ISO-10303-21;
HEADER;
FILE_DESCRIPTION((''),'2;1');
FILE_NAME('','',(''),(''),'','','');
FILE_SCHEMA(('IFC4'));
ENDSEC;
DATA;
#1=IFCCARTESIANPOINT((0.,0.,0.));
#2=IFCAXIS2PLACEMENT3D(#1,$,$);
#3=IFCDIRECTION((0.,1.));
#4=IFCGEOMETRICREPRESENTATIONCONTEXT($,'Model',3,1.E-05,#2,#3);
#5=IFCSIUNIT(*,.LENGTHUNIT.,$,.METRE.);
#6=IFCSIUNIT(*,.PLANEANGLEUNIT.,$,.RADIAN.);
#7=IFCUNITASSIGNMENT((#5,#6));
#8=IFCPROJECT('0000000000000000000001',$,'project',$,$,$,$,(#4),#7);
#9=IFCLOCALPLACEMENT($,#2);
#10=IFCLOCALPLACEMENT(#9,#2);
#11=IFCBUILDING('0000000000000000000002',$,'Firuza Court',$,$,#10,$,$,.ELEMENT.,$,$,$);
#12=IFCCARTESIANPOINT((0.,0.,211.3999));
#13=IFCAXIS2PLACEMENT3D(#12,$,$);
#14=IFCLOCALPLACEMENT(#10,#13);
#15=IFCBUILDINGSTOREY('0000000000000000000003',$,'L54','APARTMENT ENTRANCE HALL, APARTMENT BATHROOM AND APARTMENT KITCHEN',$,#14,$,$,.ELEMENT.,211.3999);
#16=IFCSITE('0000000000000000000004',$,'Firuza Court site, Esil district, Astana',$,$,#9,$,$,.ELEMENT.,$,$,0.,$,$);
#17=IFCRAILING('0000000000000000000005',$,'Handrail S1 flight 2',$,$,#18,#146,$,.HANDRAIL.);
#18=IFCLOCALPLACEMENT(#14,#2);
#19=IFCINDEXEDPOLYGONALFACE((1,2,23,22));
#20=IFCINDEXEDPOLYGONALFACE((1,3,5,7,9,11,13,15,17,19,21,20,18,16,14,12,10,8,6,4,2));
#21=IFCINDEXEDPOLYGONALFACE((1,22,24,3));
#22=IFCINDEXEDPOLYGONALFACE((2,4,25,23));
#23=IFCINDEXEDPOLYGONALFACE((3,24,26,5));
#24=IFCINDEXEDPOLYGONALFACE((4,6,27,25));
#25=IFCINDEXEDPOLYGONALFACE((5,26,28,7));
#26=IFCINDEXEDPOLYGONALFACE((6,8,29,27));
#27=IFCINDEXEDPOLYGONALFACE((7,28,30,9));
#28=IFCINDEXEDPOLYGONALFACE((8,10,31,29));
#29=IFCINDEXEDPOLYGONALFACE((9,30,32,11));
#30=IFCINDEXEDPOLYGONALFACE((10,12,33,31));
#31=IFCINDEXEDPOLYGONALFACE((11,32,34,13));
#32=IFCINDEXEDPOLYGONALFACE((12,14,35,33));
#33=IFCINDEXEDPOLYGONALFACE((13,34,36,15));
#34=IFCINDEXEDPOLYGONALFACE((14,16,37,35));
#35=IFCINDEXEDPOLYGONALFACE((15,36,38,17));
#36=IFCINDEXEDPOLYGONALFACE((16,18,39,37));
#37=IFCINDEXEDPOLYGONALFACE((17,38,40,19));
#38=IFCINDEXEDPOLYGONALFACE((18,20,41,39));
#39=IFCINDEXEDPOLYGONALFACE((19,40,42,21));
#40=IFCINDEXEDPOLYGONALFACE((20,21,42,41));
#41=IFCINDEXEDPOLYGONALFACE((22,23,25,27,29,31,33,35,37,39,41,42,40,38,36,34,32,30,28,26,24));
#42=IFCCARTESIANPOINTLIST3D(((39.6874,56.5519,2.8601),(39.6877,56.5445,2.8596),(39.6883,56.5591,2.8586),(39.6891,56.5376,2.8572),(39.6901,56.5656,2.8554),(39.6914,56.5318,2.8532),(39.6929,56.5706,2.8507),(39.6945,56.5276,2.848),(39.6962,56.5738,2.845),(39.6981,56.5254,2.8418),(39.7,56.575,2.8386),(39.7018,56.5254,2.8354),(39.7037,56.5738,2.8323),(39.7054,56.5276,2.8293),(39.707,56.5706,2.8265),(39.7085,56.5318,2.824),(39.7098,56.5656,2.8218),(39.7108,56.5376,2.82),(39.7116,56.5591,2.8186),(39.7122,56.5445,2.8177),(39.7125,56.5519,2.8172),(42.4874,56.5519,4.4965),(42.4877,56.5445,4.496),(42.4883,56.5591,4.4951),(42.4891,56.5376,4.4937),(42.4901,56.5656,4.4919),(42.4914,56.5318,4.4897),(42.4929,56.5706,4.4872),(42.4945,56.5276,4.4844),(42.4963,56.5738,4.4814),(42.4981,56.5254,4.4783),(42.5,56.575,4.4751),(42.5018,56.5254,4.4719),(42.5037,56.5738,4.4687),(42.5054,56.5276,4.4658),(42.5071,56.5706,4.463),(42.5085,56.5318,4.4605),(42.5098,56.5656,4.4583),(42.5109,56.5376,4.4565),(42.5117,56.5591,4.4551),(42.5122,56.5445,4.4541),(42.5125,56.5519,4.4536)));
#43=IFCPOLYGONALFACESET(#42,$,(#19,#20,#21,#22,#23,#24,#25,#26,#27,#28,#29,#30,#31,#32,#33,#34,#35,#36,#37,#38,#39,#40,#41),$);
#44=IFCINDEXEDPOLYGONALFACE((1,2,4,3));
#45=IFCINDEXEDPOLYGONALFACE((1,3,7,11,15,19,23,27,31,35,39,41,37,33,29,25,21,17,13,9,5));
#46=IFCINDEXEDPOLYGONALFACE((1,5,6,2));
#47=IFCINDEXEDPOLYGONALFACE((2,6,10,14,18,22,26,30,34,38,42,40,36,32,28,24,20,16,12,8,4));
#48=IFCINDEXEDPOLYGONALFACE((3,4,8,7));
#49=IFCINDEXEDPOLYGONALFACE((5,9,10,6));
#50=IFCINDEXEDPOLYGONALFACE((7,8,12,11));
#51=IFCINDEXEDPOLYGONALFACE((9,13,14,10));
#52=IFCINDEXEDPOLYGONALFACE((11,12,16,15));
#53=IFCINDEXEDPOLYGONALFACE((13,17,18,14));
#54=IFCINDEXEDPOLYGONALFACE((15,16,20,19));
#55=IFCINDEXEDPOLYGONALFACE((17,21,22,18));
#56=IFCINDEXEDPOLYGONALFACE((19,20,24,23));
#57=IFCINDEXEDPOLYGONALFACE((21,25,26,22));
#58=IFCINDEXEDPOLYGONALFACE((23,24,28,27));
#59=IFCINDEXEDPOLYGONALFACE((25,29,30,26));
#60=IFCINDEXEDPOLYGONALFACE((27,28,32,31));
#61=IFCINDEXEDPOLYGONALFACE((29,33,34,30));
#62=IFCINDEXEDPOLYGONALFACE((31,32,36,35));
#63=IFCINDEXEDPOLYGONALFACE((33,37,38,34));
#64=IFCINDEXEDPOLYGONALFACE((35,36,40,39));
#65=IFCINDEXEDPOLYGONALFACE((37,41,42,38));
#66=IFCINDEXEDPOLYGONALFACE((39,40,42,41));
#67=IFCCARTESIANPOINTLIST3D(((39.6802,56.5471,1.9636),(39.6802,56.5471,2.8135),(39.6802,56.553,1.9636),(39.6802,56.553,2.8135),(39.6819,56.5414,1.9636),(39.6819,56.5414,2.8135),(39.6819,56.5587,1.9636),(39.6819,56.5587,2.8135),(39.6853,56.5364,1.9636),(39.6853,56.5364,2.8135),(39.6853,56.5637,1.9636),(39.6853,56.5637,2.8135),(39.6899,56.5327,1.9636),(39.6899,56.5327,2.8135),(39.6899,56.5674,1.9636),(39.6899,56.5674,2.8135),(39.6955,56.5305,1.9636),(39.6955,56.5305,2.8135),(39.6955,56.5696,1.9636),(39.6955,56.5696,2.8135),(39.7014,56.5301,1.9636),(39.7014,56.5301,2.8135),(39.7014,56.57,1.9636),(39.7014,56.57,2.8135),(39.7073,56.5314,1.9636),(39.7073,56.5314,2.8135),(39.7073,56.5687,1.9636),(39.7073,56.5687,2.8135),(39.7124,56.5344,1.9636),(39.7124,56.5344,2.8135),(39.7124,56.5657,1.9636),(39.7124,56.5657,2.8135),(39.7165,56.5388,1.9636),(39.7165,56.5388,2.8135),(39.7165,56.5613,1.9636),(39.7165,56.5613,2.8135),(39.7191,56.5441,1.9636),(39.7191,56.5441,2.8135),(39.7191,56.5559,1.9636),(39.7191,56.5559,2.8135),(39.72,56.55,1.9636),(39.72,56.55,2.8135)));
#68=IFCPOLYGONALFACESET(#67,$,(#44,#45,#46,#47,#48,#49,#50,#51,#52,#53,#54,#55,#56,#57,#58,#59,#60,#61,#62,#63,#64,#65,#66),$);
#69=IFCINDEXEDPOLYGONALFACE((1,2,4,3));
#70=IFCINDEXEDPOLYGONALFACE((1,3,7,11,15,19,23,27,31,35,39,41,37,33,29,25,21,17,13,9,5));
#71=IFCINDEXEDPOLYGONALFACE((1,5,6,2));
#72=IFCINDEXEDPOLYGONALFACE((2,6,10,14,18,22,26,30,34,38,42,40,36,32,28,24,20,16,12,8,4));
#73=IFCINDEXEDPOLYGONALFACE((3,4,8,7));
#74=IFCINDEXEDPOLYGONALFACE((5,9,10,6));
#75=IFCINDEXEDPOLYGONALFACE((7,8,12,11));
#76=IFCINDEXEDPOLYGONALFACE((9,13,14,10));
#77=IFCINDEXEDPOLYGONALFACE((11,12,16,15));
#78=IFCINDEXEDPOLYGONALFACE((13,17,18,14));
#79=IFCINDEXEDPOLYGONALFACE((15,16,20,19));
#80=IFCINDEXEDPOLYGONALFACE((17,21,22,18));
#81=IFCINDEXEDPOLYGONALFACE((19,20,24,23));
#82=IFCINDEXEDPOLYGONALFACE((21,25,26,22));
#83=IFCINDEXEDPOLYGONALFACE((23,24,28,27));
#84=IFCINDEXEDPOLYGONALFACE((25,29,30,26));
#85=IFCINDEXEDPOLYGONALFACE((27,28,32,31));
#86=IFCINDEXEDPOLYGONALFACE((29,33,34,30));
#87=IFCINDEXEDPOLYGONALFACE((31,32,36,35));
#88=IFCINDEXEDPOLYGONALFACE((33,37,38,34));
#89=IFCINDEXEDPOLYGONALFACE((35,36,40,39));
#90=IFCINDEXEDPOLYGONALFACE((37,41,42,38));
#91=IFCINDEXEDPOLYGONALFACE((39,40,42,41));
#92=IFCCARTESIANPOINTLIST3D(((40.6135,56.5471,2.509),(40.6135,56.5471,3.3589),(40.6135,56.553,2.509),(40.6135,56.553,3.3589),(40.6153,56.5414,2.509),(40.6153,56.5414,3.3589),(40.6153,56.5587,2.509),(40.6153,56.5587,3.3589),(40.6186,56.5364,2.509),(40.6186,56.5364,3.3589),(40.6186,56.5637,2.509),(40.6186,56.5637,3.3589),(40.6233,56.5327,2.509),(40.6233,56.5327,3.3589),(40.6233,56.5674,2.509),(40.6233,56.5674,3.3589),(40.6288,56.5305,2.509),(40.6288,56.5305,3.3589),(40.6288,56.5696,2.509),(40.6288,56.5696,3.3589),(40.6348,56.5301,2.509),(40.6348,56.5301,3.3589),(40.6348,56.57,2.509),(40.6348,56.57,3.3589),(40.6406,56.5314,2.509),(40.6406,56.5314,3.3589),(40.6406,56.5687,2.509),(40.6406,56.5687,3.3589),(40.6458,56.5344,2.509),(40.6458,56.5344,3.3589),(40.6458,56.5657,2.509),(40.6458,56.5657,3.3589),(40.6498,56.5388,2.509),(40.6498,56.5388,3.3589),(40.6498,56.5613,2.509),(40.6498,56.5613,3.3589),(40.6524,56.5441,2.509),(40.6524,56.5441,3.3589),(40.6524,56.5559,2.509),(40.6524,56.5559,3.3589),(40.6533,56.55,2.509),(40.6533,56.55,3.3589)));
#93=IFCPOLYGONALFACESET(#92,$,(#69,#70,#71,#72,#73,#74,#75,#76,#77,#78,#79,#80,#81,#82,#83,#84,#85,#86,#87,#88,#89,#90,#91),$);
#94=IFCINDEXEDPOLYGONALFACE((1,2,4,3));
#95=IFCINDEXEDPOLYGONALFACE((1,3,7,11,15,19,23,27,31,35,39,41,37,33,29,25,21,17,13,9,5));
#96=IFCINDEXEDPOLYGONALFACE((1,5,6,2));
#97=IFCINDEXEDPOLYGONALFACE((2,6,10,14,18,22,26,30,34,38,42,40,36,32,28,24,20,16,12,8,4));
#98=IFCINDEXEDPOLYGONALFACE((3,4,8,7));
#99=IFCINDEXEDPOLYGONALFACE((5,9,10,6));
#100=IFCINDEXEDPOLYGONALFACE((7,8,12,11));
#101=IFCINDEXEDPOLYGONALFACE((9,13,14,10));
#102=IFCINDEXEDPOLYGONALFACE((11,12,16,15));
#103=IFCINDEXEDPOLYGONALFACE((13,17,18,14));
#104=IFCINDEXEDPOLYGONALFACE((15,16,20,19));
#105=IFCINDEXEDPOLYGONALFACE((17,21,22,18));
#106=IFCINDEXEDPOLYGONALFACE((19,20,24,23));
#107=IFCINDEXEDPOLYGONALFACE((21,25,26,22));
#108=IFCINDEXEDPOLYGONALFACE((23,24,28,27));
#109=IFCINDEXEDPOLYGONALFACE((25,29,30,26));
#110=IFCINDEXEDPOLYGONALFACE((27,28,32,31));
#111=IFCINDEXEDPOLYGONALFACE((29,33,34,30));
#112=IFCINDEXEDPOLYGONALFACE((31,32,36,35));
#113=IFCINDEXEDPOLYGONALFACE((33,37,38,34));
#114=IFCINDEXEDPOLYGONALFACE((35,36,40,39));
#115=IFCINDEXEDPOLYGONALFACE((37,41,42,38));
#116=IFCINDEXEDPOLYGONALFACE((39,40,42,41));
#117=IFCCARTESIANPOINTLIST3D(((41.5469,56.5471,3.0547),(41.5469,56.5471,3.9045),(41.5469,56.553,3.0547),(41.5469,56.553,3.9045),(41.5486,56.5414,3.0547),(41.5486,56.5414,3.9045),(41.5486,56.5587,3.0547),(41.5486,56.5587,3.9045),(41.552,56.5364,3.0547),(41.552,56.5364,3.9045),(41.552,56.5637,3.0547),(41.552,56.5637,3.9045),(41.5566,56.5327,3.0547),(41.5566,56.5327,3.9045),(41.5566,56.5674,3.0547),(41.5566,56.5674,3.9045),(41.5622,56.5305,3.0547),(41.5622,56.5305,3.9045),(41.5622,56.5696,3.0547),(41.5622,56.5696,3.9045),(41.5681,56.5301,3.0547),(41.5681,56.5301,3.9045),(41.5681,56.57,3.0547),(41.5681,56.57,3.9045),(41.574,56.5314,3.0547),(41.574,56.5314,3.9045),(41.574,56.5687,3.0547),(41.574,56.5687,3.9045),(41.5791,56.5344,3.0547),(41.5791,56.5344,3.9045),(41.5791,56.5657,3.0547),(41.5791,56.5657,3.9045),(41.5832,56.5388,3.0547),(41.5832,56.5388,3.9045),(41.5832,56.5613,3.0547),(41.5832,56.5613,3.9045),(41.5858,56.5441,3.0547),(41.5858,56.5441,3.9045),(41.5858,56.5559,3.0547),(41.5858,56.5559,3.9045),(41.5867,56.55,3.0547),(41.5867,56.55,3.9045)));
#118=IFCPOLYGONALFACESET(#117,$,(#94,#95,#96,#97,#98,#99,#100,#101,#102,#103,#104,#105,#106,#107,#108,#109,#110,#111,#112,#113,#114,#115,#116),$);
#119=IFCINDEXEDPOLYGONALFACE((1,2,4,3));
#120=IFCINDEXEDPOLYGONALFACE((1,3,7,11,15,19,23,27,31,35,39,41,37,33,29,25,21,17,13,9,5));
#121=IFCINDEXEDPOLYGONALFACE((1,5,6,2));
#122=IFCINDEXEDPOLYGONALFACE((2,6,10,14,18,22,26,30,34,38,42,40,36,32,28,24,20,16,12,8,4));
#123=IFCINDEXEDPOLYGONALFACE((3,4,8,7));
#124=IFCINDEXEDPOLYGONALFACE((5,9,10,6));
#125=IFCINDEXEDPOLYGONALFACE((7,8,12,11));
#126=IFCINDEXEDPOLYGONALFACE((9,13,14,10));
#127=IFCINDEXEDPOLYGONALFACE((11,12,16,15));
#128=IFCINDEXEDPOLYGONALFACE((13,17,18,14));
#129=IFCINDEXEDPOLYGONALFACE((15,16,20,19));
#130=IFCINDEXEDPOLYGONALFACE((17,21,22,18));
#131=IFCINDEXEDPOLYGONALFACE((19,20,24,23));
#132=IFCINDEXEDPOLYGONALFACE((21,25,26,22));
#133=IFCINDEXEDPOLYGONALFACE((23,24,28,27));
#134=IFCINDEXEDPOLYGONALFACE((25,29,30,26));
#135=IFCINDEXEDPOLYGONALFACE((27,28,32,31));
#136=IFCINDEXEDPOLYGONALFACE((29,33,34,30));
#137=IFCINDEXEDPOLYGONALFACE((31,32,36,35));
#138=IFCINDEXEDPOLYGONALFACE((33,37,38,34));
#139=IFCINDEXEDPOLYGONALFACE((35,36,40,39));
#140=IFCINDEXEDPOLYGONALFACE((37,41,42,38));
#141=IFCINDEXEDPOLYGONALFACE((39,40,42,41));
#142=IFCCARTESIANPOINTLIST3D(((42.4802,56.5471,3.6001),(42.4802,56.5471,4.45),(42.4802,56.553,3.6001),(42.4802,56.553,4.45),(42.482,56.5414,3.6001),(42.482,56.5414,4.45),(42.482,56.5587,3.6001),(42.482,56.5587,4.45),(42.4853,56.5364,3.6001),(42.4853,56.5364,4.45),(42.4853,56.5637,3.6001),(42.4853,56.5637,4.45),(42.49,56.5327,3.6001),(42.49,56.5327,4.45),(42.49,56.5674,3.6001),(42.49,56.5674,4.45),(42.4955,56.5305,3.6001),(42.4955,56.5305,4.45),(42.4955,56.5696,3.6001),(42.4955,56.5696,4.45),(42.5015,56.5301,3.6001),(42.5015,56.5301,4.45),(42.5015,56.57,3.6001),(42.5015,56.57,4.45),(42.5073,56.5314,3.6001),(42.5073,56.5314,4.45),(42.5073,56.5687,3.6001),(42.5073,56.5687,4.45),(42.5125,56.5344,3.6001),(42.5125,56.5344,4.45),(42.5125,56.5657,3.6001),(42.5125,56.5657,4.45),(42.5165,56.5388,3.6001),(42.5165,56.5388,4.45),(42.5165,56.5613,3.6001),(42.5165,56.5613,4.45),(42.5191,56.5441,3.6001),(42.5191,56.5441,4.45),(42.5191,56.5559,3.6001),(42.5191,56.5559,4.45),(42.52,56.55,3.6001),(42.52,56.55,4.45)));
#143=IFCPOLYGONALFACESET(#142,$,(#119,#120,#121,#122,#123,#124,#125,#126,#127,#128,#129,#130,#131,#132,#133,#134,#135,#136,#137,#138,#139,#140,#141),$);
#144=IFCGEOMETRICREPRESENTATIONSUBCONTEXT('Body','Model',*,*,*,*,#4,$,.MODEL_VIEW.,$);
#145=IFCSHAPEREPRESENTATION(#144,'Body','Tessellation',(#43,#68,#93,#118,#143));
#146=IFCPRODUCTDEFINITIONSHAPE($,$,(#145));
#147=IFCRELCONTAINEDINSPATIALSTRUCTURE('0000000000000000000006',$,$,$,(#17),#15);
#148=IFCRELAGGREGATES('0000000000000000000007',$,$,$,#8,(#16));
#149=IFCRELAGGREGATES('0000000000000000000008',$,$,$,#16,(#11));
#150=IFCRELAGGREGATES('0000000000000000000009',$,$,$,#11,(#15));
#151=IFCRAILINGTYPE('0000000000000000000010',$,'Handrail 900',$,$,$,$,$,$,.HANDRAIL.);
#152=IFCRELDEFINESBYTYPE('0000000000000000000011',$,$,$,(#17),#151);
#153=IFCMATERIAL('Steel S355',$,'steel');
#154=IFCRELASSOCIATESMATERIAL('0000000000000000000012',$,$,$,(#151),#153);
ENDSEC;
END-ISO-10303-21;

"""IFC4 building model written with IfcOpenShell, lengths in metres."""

from ifc_helpers import new_model, si_unit, direction, frame, origin, origin_2d, place, context, subcontext, project, spatial, circle, extrude, material, type_object, element, save


model = new_model("IFC4")

# Units and contexts
model_context = context("Model", 3, precision=1e-05, world=origin(), true_north=direction((0.0, 1.0)))
body_context = subcontext(model_context, "Body", "Model", "MODEL_VIEW")
ifc_project = project(units=[si_unit("LENGTHUNIT", "METRE"), si_unit("PLANEANGLEUNIT", "RADIAN")], contexts=[model_context])

# Site, building, storey
site_placement = place(None, origin())
site = spatial("IfcSite", under=ifc_project, at=site_placement, Name="Firuza Court site, Esil district, Astana", CompositionType="ELEMENT", RefElevation=0.0)
building_placement = place(site_placement, origin())
building = spatial("IfcBuilding", under=site, at=building_placement, Name="Firuza Court", CompositionType="ELEMENT")
storey_placement = place(building_placement, frame((0.0, 0.0, 211.3999)))
storey = spatial("IfcBuildingStorey", under=building, at=storey_placement, Name="L54", Description="APARTMENT ENTRANCE HALL, APARTMENT BATHROOM AND APARTMENT KITCHEN", CompositionType="ELEMENT", Elevation=211.3999)

# Railing
ifc_material_1 = material(Name="Steel S355", Category="steel")
railing_type = type_object("IfcRailingType", Name="Handrail 900", PredefinedType="HANDRAIL", material=ifc_material_1)
railing_placement = place(storey_placement, frame((39.7, 56.55, 1.9636)))
element("IfcRailing", 1, at=railing_placement, inside=storey, type_object=railing_type, Name="Handrail S1 flight 2", PredefinedType="HANDRAIL", context=body_context, shape_type="SweptSolid", body=[
    extrude(circle(Radius=0.0249, at=origin_2d()), frame((0.0, 0.0, 0.875), z_axis=(0.863361, 0.0, 0.504587), x_axis=(0.0, 1.0, 0.0)), (0.0, 0.0, 1.0), 3.2432),
    extrude(circle(Radius=0.02, at=origin_2d()), origin(), (0.0, 0.0, 1.0), 0.8499),
    extrude(circle(Radius=0.02, at=origin_2d()), frame((0.9333, 0.0, 0.5454)), (0.0, 0.0, 1.0), 0.8499),
    extrude(circle(Radius=0.02, at=origin_2d()), frame((1.8667, 0.0, 1.0911)), (0.0, 0.0, 1.0), 0.8499),
    extrude(circle(Radius=0.02, at=origin_2d()), frame((2.8, 0.0, 1.6365)), (0.0, 0.0, 1.0), 0.8499),
])

save(model, "model.ifc")
